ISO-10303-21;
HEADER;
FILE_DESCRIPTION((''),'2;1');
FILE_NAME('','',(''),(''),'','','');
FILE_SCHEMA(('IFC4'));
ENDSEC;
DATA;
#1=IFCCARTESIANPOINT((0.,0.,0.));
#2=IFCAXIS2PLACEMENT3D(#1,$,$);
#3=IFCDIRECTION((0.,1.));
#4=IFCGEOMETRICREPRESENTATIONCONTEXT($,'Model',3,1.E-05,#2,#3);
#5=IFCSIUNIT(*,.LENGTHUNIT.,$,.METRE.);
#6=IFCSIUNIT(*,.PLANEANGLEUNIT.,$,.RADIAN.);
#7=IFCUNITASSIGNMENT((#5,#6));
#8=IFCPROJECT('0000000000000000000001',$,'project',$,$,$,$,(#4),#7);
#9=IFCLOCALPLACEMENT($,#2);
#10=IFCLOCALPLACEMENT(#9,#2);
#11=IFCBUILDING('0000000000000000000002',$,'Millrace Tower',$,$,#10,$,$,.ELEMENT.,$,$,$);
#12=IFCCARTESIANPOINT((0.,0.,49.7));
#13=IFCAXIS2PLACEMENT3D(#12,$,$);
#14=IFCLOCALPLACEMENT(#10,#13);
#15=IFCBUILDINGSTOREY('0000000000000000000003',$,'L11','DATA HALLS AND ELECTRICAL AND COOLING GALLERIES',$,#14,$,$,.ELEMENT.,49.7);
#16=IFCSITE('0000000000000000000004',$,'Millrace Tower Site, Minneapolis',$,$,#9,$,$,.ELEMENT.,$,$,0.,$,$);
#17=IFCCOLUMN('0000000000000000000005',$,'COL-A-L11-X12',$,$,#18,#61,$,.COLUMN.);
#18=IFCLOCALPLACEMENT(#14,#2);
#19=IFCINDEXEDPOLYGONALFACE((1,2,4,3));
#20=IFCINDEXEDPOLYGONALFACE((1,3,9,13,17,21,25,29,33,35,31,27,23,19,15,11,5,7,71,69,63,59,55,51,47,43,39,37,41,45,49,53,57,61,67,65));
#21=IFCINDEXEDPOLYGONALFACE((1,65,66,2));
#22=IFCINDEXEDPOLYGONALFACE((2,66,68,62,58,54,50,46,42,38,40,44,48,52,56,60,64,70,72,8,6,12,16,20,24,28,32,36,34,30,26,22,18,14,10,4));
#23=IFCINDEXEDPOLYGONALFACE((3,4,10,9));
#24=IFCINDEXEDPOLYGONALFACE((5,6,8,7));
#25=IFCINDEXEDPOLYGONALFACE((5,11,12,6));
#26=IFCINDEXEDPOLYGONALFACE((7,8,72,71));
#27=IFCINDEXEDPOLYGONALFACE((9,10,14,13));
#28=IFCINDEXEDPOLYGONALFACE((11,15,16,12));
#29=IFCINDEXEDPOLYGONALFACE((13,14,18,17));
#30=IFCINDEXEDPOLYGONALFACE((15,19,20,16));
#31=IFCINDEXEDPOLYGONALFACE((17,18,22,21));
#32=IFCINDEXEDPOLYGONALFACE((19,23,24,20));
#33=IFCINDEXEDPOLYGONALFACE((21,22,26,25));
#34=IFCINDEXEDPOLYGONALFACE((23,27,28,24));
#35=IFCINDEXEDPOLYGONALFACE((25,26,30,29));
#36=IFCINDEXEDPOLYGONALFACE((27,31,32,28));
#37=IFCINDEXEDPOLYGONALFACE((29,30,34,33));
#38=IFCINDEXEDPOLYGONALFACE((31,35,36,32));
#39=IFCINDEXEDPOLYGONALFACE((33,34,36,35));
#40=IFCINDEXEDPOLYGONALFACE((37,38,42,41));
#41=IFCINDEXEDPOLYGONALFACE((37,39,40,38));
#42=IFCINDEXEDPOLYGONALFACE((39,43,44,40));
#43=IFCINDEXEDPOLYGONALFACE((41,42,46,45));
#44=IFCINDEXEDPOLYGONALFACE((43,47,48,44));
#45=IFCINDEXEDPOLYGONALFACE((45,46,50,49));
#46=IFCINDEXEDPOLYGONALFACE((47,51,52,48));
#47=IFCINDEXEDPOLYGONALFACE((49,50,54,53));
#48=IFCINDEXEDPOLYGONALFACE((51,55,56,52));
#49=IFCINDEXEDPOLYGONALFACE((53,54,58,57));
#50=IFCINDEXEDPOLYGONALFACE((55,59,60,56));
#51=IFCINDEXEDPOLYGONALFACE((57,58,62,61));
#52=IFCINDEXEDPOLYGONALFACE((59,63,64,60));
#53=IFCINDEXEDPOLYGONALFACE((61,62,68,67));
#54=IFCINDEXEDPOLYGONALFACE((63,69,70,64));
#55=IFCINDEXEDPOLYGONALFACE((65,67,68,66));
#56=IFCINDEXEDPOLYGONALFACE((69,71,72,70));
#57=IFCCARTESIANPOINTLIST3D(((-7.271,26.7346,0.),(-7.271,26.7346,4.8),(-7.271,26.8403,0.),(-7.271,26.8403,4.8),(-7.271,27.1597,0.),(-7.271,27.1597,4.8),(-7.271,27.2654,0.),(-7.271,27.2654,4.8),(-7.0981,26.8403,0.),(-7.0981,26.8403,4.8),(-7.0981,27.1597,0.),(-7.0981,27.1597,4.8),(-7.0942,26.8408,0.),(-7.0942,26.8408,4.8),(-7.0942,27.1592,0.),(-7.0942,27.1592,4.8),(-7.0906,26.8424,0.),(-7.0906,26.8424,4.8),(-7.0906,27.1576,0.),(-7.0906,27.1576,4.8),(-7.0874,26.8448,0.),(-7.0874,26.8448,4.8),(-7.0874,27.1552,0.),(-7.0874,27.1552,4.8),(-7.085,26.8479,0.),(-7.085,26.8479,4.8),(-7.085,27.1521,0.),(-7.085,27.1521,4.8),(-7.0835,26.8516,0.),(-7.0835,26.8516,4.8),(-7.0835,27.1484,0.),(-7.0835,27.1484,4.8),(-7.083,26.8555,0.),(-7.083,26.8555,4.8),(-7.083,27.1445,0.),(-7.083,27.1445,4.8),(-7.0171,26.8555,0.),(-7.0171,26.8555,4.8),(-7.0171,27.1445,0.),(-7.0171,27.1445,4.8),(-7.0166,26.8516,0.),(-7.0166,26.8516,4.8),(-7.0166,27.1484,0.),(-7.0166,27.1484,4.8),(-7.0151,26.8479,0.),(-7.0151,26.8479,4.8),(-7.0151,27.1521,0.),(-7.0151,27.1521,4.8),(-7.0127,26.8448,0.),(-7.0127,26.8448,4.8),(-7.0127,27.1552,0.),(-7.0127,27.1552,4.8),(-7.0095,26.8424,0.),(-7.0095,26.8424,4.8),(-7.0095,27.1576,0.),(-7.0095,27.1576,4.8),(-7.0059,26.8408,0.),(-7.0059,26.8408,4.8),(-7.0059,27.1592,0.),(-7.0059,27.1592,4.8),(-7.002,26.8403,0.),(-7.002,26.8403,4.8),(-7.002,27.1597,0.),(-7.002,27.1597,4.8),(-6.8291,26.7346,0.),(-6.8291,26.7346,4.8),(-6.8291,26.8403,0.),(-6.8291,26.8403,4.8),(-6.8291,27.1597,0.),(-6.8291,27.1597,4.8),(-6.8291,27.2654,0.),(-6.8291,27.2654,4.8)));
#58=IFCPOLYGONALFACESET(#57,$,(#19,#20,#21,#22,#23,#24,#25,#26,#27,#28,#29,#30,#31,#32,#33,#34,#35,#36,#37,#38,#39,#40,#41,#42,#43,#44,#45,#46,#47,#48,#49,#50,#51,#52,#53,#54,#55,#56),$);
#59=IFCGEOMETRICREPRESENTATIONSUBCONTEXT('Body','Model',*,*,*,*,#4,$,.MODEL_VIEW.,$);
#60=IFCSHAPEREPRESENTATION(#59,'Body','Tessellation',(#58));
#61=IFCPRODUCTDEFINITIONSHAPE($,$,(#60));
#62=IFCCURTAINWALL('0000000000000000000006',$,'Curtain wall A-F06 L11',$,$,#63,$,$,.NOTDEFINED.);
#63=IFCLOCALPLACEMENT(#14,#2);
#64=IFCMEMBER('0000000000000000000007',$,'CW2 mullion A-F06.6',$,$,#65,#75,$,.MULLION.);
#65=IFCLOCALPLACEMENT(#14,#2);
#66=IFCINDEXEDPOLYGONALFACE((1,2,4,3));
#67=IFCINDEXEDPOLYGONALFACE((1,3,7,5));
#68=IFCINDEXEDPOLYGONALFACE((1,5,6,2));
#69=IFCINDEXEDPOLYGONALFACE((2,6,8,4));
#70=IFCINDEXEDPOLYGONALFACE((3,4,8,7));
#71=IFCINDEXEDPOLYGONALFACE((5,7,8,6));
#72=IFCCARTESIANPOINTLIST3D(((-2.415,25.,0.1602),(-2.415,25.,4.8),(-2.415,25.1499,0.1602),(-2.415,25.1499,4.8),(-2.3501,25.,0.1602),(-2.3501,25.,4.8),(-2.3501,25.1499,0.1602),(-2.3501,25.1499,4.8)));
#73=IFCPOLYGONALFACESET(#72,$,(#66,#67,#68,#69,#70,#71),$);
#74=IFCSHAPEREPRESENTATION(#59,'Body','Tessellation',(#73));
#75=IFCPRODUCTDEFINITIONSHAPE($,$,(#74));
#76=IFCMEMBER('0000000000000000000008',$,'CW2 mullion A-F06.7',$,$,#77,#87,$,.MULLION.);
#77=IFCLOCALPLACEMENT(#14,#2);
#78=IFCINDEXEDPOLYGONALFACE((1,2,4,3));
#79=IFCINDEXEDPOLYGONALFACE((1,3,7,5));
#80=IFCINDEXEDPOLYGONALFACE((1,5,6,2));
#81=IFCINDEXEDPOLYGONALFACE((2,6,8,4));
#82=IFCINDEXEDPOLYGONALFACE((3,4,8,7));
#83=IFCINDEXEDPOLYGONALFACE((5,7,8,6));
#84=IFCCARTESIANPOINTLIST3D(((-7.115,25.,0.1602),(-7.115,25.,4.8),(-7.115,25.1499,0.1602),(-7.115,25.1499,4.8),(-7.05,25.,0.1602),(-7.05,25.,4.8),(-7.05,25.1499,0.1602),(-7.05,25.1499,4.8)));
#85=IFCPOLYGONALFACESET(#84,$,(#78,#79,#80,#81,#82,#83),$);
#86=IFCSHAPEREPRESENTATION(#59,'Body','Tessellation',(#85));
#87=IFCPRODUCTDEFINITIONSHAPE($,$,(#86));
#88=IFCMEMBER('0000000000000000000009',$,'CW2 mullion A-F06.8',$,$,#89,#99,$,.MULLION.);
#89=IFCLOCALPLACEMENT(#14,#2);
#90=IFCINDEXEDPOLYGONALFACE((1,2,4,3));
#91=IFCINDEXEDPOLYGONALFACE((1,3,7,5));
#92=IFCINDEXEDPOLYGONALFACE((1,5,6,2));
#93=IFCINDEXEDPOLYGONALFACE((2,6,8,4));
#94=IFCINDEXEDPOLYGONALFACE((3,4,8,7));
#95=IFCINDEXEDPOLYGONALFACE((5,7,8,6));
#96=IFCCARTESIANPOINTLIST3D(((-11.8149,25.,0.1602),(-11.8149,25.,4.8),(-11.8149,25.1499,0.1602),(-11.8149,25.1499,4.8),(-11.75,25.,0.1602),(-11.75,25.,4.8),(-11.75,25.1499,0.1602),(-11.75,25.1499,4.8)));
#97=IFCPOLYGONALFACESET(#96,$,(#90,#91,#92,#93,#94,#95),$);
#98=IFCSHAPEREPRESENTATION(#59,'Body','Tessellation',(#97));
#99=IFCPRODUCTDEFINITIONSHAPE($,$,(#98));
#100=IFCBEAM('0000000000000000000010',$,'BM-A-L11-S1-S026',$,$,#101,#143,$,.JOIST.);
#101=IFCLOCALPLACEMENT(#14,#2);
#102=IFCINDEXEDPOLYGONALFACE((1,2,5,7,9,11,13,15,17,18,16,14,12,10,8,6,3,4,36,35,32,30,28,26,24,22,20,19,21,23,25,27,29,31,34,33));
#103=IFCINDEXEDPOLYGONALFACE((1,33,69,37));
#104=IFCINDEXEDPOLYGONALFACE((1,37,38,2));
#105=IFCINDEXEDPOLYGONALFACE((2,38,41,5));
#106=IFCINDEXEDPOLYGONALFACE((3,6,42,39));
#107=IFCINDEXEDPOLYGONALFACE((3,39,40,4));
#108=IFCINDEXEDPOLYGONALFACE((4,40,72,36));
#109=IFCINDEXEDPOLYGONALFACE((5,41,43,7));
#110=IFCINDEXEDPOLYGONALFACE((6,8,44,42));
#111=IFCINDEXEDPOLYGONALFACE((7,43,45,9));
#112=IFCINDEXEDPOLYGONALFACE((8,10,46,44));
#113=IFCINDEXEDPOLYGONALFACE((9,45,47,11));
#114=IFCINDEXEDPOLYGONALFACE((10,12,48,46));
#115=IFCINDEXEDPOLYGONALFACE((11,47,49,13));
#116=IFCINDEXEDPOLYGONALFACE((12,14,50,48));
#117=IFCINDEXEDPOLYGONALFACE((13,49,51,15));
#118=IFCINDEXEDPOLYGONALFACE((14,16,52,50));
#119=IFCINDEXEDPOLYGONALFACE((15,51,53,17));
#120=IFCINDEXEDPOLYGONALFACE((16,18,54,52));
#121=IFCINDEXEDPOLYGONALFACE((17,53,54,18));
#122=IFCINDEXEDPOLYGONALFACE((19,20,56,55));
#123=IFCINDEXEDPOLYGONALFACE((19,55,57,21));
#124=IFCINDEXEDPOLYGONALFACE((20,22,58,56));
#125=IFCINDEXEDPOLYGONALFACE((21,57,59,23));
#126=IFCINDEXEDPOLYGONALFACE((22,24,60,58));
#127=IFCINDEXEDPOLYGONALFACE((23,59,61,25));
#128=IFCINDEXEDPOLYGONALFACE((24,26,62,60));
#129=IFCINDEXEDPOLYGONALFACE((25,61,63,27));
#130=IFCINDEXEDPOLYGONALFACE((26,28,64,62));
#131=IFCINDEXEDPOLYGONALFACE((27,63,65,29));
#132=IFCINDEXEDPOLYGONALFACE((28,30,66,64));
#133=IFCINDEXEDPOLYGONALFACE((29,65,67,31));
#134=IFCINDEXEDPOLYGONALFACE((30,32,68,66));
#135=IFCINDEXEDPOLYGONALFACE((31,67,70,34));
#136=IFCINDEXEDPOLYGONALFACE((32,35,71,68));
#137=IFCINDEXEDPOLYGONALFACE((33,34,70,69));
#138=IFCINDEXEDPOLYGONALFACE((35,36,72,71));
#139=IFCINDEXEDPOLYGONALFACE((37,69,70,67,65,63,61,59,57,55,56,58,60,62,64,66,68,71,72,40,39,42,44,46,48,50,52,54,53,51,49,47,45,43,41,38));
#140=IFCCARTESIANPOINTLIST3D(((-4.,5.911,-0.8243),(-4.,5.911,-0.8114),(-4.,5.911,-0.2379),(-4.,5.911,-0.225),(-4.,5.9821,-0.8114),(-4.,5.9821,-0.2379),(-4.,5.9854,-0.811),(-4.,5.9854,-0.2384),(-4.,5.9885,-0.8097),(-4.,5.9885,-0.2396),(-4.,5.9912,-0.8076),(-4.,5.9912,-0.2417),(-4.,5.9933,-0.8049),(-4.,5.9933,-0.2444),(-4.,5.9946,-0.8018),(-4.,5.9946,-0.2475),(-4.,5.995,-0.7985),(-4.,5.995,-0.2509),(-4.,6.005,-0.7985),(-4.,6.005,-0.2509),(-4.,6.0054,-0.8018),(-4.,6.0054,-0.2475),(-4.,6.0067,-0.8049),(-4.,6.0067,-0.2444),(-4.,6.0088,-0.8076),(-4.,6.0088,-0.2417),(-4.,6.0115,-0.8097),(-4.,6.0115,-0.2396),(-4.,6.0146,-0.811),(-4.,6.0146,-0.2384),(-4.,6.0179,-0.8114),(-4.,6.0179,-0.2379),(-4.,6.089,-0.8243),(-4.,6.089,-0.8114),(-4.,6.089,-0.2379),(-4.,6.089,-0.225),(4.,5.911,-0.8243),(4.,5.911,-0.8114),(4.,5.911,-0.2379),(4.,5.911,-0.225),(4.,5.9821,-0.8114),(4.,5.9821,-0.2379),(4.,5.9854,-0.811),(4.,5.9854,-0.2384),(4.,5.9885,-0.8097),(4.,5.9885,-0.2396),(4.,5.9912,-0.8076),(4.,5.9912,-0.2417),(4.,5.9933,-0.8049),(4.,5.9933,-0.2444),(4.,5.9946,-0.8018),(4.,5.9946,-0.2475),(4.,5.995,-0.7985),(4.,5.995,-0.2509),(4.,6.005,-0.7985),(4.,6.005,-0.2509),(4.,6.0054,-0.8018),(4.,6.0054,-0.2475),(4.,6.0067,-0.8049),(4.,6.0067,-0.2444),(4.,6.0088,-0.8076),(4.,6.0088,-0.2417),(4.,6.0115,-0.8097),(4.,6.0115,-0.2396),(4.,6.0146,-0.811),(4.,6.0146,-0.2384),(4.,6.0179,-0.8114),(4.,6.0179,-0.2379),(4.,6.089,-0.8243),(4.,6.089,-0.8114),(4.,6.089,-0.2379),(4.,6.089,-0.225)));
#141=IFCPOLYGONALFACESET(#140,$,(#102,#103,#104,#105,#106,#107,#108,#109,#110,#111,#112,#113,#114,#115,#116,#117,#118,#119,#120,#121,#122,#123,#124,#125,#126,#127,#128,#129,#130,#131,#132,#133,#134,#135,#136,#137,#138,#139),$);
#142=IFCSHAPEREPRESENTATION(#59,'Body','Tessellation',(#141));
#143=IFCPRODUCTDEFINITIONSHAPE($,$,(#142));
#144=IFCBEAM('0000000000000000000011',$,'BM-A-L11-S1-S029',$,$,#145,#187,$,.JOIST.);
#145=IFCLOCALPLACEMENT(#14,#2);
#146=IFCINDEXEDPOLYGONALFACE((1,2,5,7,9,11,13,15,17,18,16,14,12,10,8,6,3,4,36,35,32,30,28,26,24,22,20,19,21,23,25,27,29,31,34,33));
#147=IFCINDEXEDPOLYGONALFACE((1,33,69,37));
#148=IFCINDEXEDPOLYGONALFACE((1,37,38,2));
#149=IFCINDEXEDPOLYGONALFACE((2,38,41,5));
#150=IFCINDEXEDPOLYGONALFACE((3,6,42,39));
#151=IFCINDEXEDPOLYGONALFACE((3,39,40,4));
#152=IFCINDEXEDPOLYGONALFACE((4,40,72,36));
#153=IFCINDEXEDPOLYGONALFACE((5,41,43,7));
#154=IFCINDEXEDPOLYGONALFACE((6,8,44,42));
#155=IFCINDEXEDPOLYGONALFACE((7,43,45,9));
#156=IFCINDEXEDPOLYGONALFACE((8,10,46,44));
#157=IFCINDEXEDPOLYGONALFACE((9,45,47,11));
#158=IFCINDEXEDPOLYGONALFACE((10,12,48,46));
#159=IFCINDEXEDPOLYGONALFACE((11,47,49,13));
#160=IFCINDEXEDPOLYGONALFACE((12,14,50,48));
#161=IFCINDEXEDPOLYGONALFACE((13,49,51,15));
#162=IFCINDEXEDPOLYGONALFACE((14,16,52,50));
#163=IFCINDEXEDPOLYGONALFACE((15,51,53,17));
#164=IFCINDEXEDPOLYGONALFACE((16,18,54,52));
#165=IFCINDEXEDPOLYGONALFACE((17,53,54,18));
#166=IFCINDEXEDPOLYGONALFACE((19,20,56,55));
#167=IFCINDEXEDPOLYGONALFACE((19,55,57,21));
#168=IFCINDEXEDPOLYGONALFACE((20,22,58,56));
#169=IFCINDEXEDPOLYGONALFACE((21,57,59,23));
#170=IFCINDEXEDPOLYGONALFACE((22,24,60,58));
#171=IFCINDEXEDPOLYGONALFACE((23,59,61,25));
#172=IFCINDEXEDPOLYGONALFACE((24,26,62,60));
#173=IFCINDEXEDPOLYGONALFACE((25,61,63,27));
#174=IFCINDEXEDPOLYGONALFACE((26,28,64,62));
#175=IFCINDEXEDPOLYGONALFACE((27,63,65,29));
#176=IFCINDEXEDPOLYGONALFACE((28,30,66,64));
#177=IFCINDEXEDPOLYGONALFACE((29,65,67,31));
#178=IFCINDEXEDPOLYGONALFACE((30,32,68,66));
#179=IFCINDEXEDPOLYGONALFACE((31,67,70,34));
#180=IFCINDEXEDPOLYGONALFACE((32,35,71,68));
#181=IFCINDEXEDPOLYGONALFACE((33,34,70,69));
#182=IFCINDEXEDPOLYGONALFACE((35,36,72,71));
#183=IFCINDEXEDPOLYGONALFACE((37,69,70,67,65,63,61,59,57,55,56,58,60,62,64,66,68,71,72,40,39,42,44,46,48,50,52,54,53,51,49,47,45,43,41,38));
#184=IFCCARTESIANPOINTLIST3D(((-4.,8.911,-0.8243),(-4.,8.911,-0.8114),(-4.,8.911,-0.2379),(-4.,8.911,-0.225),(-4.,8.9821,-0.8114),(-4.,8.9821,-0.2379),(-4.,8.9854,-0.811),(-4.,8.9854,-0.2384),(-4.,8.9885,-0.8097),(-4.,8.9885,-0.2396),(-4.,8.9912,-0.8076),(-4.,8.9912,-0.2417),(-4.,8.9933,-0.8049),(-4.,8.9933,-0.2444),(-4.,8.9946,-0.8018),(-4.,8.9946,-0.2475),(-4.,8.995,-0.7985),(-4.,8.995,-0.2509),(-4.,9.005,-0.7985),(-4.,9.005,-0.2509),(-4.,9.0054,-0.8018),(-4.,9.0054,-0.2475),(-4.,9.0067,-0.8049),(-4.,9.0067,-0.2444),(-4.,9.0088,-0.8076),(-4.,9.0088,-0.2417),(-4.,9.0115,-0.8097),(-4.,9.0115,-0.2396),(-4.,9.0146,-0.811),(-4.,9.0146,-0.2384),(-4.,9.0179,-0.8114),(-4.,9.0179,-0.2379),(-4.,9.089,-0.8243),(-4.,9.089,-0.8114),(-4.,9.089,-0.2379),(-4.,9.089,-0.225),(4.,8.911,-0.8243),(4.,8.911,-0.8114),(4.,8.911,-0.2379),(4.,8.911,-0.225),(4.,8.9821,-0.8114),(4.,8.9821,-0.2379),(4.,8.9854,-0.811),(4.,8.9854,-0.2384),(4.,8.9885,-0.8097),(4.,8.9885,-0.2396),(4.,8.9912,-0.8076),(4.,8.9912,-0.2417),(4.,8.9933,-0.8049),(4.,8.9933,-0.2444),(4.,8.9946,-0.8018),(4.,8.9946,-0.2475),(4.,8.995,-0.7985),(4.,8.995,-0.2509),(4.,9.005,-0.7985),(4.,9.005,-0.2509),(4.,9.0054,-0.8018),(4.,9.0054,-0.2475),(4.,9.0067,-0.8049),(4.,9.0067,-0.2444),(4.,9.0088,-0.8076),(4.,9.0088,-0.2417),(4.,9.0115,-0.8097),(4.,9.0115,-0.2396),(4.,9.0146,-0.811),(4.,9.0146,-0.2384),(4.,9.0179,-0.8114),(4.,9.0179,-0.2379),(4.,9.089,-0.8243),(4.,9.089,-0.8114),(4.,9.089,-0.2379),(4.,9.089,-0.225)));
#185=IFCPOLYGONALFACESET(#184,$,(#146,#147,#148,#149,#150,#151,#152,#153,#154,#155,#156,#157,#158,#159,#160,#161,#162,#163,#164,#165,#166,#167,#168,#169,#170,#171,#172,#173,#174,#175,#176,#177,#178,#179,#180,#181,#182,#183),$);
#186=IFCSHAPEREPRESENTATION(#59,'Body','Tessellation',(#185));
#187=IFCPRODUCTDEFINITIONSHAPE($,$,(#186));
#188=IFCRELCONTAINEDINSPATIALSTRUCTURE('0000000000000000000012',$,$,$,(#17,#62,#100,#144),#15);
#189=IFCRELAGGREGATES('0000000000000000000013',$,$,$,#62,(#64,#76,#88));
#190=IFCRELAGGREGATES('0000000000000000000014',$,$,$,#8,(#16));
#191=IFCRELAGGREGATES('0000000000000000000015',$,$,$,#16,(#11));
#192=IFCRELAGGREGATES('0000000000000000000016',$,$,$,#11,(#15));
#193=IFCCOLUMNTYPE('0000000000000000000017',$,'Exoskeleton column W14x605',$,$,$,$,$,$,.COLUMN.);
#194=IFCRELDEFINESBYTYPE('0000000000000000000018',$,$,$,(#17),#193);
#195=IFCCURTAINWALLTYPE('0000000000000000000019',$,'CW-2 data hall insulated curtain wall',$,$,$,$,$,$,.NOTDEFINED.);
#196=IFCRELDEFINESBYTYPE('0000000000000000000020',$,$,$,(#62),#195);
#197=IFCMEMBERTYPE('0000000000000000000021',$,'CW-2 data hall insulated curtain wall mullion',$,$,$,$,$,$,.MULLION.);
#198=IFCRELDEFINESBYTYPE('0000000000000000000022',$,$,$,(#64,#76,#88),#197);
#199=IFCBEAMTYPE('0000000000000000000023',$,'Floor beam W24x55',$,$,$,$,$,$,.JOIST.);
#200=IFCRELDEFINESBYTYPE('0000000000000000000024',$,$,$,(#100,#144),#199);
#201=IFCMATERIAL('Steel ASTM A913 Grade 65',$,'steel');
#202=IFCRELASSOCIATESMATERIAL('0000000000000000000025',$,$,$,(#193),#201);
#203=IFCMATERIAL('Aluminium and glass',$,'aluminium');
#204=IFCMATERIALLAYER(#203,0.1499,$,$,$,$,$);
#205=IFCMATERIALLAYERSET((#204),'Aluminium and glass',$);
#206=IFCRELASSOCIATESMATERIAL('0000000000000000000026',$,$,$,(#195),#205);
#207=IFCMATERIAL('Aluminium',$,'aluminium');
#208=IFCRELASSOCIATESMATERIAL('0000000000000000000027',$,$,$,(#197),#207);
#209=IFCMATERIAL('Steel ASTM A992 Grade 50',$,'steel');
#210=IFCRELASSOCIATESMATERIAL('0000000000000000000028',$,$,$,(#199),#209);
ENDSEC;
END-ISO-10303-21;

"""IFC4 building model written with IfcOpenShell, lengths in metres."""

from ifc_helpers import new_model, si_unit, direction, frame, origin, origin_2d, place, context, subcontext, project, spatial, rectangle, i_section, extrude, material, layer, layer_set, material_profile, profile_set, type_object, element, aggregate, save


model = new_model("IFC4")

# Units and contexts
model_context = context("Model", 3, precision=1e-05, world=origin(), true_north=direction((0.0, 1.0)))
body_context = subcontext(model_context, "Body", "Model", "MODEL_VIEW")
ifc_project = project(units=[si_unit("LENGTHUNIT", "METRE"), si_unit("PLANEANGLEUNIT", "RADIAN")], contexts=[model_context])

# Site, building, storey
site_placement = place(None, origin())
site = spatial("IfcSite", under=ifc_project, at=site_placement, Name="Millrace Tower Site, Minneapolis", CompositionType="ELEMENT", RefElevation=0.0)
building_placement = place(site_placement, origin())
building = spatial("IfcBuilding", under=site, at=building_placement, Name="Millrace Tower", CompositionType="ELEMENT")
storey_placement = place(building_placement, frame((0.0, 0.0, 49.7)))
storey = spatial("IfcBuildingStorey", under=building, at=storey_placement, Name="L11", Description="DATA HALLS AND ELECTRICAL AND COOLING GALLERIES", CompositionType="ELEMENT", Elevation=49.7)

# Column
ifc_material_1 = material(Name="Steel ASTM A913 Grade 65", Category="steel")
ifc_material_profile_1 = material_profile(ifc_material_1, i_section(OverallWidth=0.4419, OverallDepth=0.5308, WebThickness=0.0659, FlangeThickness=0.1057, FilletRadius=0.0151, at=origin_2d()))
ifc_profile_set_1 = profile_set([ifc_material_profile_1], Name="Steel ASTM A913 Grade 65")
column_type = type_object("IfcColumnType", Name="Exoskeleton column W14x605", PredefinedType="COLUMN", material=ifc_profile_set_1)
column_placement = place(storey_placement, frame((-7.05, 27.0, 0.0), z_axis=(0.0, 0.0, 1.0), x_axis=(-1.0, 0.0, 0.0)))
element("IfcColumn", 1, at=column_placement, inside=storey, type_object=column_type, Name="COL-A-L11-X12", PredefinedType="COLUMN", context=body_context, shape_type="SweptSolid", body=[
    extrude(i_section(OverallWidth=0.4419, OverallDepth=0.5308, WebThickness=0.0659, FlangeThickness=0.1057, FilletRadius=0.0151, at=origin_2d()), origin(), (0.0, 0.0, 1.0), 4.8),
])

# Curtain wall, members
ifc_material_2 = material(Name="Aluminium and glass", Category="aluminium")
ifc_layer_1 = layer(ifc_material_2, 0.1499)
ifc_layer_set_1 = layer_set([ifc_layer_1], Name="Aluminium and glass")
curtain_wall_type = type_object("IfcCurtainWallType", Name="CW-2 data hall insulated curtain wall", PredefinedType="NOTDEFINED", material=ifc_layer_set_1)
placement = place(storey_placement, origin())
curtain_wall = element("IfcCurtainWall", 2, at=placement, inside=storey, type_object=curtain_wall_type, Name="Curtain wall A-F06 L11", PredefinedType="NOTDEFINED")
ifc_material_3 = material(Name="Aluminium", Category="aluminium")
ifc_material_profile_2 = material_profile(ifc_material_3, rectangle(XDim=0.0649, YDim=0.1499, at=origin_2d()))
ifc_profile_set_2 = profile_set([ifc_material_profile_2], Name="Aluminium")
member_type = type_object("IfcMemberType", Name="CW-2 data hall insulated curtain wall mullion", PredefinedType="MULLION", material=ifc_profile_set_2)
member_1_placement = place(storey_placement, frame((-2.3826, 25.075, 0.1602), z_axis=(0.0, 0.0, 1.0), x_axis=(-1.0, 0.0, 0.0)))
member_1 = element("IfcMember", 3, at=member_1_placement, type_object=member_type, Name="CW2 mullion A-F06.6", PredefinedType="MULLION", context=body_context, shape_type="SweptSolid", body=[
    extrude(rectangle(XDim=0.0649, YDim=0.1499, at=origin_2d()), origin(), (0.0, 0.0, 1.0), 4.6399),
])
member_2_placement = place(storey_placement, frame((-7.0825, 25.075, 0.1602), z_axis=(0.0, 0.0, 1.0), x_axis=(-1.0, 0.0, 0.0)))
member_2 = element("IfcMember", 4, at=member_2_placement, type_object=member_type, Name="CW2 mullion A-F06.7", PredefinedType="MULLION", context=body_context, shape_type="SweptSolid", body=[
    extrude(rectangle(XDim=0.0649, YDim=0.1499, at=origin_2d()), origin(), (0.0, 0.0, 1.0), 4.6399),
])
member_3_placement = place(storey_placement, frame((-11.7825, 25.075, 0.1602), z_axis=(0.0, 0.0, 1.0), x_axis=(-1.0, 0.0, 0.0)))
member_3 = element("IfcMember", 5, at=member_3_placement, type_object=member_type, Name="CW2 mullion A-F06.8", PredefinedType="MULLION", context=body_context, shape_type="SweptSolid", body=[
    extrude(rectangle(XDim=0.0649, YDim=0.1499, at=origin_2d()), origin(), (0.0, 0.0, 1.0), 4.6399),
])
aggregate(curtain_wall, [member_1, member_2, member_3])

# Beams
ifc_material_4 = material(Name="Steel ASTM A992 Grade 50", Category="steel")
ifc_material_profile_3 = material_profile(ifc_material_4, i_section(OverallWidth=0.178, OverallDepth=0.5994, WebThickness=0.01, FlangeThickness=0.0129, FilletRadius=0.0129, at=origin_2d()))
ifc_profile_set_3 = profile_set([ifc_material_profile_3], Name="Steel ASTM A992 Grade 50")
beam_type_1 = type_object("IfcBeamType", Name="Floor beam W24x55", PredefinedType="JOIST", material=ifc_profile_set_3)
for number, where, z_axis, x_axis, name in (
    (6, (-4.0, 6.0, -0.5247), (1.0, 0.0, 0.0), (0.0, 1.0, 0.0), "BM-A-L11-S1-S026"),
    (7, (-4.0, 9.0, -0.5247), (1.0, 0.0, 0.0), (0.0, 1.0, 0.0), "BM-A-L11-S1-S029"),
):
    element("IfcBeam", number, at=place(storey_placement, frame(where, z_axis=z_axis, x_axis=x_axis)), inside=storey, type_object=beam_type_1, Name=name, PredefinedType="JOIST", context=body_context, shape_type="SweptSolid", body=[
        extrude(i_section(OverallWidth=0.178, OverallDepth=0.5994, WebThickness=0.01, FlangeThickness=0.0129, FilletRadius=0.0129, at=origin_2d()), origin(), (0.0, 0.0, 1.0), 8.0),
    ])

save(model, "model.ifc")
